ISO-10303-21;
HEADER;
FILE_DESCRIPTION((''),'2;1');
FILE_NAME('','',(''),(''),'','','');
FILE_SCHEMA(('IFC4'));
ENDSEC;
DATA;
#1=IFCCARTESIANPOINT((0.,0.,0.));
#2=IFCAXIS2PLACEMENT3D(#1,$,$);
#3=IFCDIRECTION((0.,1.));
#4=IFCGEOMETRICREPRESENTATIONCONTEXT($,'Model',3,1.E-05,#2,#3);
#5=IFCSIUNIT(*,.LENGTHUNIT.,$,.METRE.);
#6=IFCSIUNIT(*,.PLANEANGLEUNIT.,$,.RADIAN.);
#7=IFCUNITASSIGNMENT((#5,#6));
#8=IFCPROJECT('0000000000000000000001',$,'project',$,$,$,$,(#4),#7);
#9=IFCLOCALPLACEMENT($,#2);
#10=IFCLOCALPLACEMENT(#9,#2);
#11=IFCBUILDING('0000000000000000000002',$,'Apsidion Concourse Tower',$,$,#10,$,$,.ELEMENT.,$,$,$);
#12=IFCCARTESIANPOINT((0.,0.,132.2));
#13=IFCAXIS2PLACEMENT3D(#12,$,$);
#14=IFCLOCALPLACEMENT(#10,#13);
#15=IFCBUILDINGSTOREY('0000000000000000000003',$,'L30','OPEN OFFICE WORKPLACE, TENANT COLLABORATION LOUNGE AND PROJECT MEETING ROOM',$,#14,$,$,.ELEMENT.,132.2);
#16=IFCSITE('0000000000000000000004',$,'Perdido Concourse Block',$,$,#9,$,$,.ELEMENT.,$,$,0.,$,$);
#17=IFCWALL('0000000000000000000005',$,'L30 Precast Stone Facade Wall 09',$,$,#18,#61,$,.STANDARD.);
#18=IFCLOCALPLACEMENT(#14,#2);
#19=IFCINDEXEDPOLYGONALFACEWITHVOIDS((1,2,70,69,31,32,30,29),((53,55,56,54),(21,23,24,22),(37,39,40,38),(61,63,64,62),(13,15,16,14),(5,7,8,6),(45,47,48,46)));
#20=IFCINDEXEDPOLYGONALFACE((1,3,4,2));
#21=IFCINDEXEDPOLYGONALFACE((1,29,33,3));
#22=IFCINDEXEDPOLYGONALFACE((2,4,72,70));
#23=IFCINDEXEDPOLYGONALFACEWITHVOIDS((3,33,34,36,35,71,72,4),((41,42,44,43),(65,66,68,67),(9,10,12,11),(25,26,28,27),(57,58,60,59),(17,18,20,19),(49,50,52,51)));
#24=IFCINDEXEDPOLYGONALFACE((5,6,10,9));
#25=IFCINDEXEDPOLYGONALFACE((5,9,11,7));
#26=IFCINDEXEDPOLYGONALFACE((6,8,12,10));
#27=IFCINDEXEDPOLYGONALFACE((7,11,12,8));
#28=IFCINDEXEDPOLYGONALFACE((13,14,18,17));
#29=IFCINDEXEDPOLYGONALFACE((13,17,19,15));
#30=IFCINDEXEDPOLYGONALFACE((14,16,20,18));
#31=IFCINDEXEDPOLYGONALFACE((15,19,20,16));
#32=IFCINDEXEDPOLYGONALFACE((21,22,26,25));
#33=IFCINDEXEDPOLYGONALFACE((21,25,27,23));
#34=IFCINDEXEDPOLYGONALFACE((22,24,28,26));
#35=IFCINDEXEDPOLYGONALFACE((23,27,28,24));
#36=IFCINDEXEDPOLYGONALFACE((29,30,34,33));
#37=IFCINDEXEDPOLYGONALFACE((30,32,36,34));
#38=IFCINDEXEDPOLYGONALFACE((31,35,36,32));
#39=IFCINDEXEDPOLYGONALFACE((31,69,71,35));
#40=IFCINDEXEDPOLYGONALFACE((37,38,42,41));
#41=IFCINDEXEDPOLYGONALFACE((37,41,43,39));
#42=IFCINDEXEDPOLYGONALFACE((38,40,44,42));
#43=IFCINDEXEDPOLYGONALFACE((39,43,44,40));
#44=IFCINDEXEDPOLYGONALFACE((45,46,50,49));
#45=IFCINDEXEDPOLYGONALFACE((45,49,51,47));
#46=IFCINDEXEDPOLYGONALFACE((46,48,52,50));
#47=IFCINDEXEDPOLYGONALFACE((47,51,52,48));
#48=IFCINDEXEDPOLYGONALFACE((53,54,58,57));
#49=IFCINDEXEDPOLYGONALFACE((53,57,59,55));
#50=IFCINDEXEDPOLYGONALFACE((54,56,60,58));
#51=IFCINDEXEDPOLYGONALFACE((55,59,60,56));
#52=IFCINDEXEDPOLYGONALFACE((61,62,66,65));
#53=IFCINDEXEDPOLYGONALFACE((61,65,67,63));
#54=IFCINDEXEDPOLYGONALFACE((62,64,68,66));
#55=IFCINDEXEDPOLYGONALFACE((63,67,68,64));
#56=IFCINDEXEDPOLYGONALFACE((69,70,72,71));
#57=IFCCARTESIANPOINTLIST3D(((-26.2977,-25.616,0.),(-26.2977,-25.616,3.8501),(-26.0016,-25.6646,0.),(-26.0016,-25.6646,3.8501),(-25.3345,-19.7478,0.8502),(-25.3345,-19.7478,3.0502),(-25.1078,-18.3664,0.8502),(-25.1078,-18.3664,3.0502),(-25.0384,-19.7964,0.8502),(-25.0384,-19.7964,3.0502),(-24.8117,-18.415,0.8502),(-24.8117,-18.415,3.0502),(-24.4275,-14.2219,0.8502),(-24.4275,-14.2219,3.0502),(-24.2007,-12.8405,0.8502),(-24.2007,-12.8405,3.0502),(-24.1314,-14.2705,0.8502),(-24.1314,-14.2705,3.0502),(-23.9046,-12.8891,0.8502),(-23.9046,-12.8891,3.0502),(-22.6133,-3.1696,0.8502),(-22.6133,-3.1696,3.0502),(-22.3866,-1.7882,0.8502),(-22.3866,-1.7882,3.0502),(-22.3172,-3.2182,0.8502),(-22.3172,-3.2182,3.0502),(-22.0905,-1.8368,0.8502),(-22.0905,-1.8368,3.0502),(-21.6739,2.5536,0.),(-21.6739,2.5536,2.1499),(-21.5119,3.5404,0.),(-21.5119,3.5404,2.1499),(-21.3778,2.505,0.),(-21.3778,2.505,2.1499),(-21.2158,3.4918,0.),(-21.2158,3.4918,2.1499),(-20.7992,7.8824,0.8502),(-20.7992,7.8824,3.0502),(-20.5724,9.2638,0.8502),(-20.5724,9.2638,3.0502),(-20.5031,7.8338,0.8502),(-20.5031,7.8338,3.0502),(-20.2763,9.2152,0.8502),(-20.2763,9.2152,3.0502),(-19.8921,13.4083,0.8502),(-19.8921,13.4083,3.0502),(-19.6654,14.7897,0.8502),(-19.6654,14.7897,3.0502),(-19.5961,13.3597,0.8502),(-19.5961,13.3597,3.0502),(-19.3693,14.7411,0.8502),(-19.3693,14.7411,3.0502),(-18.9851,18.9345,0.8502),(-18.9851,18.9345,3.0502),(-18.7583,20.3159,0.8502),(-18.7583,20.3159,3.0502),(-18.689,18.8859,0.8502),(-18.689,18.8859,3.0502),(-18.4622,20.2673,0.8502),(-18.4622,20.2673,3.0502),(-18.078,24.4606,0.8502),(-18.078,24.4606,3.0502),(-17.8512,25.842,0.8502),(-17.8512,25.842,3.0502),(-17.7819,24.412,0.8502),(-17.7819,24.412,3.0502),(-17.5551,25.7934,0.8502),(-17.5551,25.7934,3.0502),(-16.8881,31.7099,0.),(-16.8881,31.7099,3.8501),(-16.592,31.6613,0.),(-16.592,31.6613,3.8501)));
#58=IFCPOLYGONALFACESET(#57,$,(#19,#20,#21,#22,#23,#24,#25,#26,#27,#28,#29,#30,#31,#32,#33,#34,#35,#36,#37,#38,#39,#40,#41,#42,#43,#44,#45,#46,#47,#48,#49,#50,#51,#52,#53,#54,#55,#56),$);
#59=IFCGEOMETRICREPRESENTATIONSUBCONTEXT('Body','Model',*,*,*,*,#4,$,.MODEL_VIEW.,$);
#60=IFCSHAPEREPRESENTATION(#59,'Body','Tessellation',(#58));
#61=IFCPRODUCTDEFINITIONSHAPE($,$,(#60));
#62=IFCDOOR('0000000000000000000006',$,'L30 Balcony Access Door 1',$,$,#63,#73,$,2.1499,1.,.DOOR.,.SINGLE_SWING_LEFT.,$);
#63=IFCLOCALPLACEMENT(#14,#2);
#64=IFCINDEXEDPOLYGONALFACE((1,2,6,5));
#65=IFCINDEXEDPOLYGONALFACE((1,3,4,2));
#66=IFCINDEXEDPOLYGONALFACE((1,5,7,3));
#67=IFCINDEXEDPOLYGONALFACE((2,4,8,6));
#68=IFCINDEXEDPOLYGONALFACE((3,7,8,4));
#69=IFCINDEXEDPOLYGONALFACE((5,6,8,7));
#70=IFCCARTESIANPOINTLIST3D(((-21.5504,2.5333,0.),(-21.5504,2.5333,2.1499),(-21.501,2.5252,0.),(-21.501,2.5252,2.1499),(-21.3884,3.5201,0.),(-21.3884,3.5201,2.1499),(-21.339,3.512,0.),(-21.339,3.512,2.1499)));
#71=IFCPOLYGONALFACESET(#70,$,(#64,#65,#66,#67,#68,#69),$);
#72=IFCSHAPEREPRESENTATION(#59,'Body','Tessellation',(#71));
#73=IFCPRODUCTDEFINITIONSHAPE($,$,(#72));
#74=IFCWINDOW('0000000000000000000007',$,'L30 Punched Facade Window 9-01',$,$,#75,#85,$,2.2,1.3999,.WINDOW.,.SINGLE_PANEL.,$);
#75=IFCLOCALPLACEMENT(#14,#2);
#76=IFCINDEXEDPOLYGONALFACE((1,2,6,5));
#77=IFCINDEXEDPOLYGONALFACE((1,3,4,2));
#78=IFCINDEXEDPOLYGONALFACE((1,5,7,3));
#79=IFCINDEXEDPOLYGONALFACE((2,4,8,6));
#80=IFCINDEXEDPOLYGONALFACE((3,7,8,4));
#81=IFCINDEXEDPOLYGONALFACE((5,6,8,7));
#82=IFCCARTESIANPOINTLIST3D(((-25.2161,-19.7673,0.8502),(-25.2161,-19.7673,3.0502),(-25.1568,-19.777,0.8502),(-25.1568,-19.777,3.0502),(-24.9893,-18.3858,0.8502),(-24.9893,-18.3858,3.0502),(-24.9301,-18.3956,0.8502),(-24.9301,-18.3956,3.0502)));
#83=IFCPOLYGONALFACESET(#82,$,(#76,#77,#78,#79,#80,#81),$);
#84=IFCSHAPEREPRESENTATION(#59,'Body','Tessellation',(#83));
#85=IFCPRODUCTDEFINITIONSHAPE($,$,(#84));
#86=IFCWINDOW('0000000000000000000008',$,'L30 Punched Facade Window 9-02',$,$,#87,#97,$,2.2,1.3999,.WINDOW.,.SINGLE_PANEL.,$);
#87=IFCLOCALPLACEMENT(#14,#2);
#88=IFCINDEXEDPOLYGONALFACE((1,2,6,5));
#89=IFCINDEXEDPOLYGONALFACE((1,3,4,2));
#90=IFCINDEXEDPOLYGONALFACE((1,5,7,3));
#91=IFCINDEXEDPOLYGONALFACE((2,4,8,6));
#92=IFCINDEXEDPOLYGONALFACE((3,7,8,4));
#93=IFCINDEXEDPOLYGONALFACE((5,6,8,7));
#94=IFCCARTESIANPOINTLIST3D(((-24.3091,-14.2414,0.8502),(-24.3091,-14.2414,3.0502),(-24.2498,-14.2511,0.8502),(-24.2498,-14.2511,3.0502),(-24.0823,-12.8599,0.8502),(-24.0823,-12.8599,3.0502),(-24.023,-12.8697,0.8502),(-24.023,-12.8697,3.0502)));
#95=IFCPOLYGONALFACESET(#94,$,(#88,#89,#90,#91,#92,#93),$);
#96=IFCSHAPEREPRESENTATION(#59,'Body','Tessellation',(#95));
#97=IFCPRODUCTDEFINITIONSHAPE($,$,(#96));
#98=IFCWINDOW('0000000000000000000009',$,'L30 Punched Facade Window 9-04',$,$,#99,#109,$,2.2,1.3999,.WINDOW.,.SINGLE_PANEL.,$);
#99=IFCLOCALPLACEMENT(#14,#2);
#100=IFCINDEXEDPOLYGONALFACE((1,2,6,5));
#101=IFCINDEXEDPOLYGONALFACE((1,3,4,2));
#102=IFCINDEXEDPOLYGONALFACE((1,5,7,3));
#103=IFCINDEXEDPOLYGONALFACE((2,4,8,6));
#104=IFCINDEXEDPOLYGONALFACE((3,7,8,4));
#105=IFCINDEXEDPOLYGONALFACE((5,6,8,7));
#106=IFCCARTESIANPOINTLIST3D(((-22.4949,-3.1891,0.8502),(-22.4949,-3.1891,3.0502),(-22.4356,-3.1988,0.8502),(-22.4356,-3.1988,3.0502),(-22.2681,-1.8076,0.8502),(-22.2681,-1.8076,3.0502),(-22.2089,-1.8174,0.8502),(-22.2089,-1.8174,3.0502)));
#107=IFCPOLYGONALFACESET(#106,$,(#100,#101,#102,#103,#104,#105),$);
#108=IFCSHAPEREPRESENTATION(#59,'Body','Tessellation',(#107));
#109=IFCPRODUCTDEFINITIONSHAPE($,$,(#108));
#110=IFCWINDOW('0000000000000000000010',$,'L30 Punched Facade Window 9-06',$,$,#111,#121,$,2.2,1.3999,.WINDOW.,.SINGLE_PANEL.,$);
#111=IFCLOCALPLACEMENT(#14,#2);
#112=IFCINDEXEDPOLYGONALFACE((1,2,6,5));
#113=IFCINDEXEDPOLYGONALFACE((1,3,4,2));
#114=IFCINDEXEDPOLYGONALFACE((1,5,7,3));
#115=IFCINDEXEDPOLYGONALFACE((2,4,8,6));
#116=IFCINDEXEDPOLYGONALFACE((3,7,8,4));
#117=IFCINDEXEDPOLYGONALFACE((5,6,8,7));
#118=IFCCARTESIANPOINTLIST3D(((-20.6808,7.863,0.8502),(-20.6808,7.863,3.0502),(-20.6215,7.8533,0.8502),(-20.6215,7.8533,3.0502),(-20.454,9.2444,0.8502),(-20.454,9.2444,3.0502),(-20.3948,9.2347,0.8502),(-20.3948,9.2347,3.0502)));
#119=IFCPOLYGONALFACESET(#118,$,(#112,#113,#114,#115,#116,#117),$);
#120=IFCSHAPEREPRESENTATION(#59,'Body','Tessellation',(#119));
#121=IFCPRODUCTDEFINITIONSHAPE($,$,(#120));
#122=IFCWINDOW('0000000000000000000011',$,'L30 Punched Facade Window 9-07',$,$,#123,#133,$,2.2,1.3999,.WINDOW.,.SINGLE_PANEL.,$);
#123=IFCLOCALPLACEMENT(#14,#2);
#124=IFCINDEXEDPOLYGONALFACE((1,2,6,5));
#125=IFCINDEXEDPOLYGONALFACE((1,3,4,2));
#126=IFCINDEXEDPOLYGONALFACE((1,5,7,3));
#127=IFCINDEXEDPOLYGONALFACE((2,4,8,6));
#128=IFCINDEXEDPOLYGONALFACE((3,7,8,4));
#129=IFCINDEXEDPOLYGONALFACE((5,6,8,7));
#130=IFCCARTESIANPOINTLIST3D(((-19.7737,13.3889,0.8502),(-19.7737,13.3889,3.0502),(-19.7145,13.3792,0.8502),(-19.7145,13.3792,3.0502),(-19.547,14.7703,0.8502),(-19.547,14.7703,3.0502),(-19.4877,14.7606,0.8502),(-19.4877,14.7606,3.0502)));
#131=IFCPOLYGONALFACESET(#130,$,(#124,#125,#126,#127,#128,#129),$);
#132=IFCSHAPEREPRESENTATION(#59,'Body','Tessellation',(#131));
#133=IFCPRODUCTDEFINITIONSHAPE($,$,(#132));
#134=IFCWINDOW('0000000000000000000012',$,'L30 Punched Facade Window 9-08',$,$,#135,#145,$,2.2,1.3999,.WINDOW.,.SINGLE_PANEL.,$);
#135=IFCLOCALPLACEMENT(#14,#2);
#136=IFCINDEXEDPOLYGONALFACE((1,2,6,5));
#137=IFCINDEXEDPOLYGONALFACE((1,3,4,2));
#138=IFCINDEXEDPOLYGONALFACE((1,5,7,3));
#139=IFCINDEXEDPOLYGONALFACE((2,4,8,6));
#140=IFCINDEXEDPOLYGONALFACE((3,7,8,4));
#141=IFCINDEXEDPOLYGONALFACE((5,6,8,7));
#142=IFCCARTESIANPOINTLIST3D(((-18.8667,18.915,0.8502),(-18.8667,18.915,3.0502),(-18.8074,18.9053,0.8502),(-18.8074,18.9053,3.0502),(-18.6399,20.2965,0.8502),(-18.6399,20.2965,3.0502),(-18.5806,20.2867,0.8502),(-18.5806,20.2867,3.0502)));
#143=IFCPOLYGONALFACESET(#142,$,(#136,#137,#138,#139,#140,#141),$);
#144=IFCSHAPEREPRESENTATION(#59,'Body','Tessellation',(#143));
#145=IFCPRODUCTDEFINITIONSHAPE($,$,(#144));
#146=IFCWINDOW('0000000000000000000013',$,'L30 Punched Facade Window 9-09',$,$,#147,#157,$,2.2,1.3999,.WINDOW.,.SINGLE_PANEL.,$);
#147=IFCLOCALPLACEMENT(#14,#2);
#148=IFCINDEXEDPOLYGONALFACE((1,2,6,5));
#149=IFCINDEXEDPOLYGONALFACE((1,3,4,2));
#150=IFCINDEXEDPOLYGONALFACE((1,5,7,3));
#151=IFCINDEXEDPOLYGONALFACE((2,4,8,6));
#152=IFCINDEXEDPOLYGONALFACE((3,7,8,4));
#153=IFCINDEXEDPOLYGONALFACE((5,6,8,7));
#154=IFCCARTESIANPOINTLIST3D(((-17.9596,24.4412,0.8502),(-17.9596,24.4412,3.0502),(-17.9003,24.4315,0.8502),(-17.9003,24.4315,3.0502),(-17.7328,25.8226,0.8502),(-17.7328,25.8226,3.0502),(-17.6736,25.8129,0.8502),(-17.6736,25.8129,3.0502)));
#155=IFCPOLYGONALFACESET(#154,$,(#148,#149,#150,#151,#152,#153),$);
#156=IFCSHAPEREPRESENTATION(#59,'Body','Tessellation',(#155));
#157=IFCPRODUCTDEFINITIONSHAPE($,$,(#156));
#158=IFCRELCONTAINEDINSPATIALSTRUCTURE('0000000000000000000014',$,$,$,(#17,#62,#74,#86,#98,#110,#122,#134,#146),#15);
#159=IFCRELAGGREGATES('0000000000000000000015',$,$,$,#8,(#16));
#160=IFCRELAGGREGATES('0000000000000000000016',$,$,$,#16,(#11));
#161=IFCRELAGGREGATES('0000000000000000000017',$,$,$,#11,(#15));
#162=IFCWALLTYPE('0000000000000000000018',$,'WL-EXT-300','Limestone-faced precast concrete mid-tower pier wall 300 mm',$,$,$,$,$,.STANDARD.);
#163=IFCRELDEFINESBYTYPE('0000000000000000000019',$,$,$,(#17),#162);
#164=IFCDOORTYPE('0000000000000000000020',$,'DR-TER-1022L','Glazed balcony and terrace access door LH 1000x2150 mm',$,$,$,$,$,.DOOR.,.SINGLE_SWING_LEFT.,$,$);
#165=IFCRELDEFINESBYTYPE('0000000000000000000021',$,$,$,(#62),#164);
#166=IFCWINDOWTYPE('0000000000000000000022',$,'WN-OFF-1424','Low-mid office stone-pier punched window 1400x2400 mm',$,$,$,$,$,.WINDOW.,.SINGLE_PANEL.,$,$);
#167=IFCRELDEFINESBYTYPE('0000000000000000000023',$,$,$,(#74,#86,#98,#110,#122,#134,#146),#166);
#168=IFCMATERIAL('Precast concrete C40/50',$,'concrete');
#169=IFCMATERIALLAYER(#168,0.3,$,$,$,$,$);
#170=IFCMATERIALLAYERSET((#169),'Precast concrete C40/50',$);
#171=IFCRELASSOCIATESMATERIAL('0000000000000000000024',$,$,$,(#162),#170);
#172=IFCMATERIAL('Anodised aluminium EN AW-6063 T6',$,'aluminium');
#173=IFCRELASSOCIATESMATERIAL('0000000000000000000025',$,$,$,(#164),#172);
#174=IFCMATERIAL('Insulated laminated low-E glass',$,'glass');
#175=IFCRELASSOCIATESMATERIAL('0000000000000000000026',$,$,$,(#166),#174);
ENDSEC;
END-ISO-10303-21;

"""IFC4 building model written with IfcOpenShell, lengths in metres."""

from ifc_helpers import new_model, si_unit, direction, frame, frame_2d, origin, place, context, subcontext, project, spatial, rectangle, extrude, material, layer, layer_set, type_object, element, fill, save


model = new_model("IFC4")

# Units and contexts
model_context = context("Model", 3, precision=1e-05, world=origin(), true_north=direction((0.0, 1.0)))
body_context = subcontext(model_context, "Body", "Model", "MODEL_VIEW")
ifc_project = project(units=[si_unit("LENGTHUNIT", "METRE"), si_unit("PLANEANGLEUNIT", "RADIAN")], contexts=[model_context])

# Site, building, storey
site_placement = place(None, origin())
site = spatial("IfcSite", under=ifc_project, at=site_placement, Name="Perdido Concourse Block", CompositionType="ELEMENT", RefElevation=0.0)
building_placement = place(site_placement, origin())
building = spatial("IfcBuilding", under=site, at=building_placement, Name="Apsidion Concourse Tower", CompositionType="ELEMENT")
storey_placement = place(building_placement, frame((0.0, 0.0, 132.2)))
storey = spatial("IfcBuildingStorey", under=building, at=storey_placement, Name="L30", Description="OPEN OFFICE WORKPLACE, TENANT COLLABORATION LOUNGE AND PROJECT MEETING ROOM", CompositionType="ELEMENT", Elevation=132.2)

# Shared definitions
ifc_material_1 = material(Name="Precast concrete C40/50", Category="concrete")
ifc_layer_1 = layer(ifc_material_1, 0.3)
ifc_layer_set_1 = layer_set([ifc_layer_1], Name="Precast concrete C40/50")
wall_type_1 = type_object("IfcWallType", Name="WL-EXT-300", Description="Limestone-faced precast concrete mid-tower pier wall 300 mm", PredefinedType="STANDARD", material=ifc_layer_set_1)

# Wall, openings, door, windows
wall_1_placement = place(storey_placement, frame((-26.1497, -25.6401, 0.0), z_axis=(0.0, 0.0, 1.0), x_axis=(0.161976, 0.986795, 0.0)))
wall_1 = element("IfcWall", 1, at=wall_1_placement, inside=storey, type_object=wall_type_1, Name="L30 Precast Stone Facade Wall 09", PredefinedType="STANDARD", context=body_context, shape_type="SweptSolid", body=[
    extrude(rectangle(XDim=58.093, YDim=0.3, at=frame_2d((29.0464, 0.0))), origin(), (0.0, 0.0, 1.0), 3.8501),
])
opening_1_placement = place(wall_1_placement, frame((28.5464, 0.0, 0.0)))
opening_1 = element("IfcOpeningElement", 2, at=opening_1_placement, cuts=wall_1, PredefinedType="OPENING", context=body_context, shape_type="SweptSolid", body=[
    extrude(rectangle(XDim=1.0, YDim=2.1499, at=frame_2d((0.5, 1.075))), frame((0.0, 0.1602, 0.0), z_axis=(0.0, -1.0, 0.0), x_axis=(1.0, 0.0, 0.0)), (0.0, 0.0, 1.0), 0.3201),
])
opening_2_placement = place(wall_1_placement, frame((5.9465, 0.0, 0.8501)))
opening_2 = element("IfcOpeningElement", 3, at=opening_2_placement, cuts=wall_1, PredefinedType="OPENING", context=body_context, shape_type="SweptSolid", body=[
    extrude(rectangle(XDim=1.3999, YDim=2.2, at=frame_2d((0.7, 1.1001))), frame((0.0, 0.1602, 0.0), z_axis=(0.0, -1.0, 0.0), x_axis=(1.0, 0.0, 0.0)), (0.0, 0.0, 1.0), 0.3201),
])
opening_3_placement = place(wall_1_placement, frame((11.5464, 0.0, 0.8501)))
opening_3 = element("IfcOpeningElement", 4, at=opening_3_placement, cuts=wall_1, PredefinedType="OPENING", context=body_context, shape_type="SweptSolid", body=[
    extrude(rectangle(XDim=1.3999, YDim=2.2, at=frame_2d((0.7, 1.1001))), frame((0.0, 0.1602, 0.0), z_axis=(0.0, -1.0, 0.0), x_axis=(1.0, 0.0, 0.0)), (0.0, 0.0, 1.0), 0.3201),
])
opening_4_placement = place(wall_1_placement, frame((22.7466, 0.0, 0.8501)))
opening_4 = element("IfcOpeningElement", 5, at=opening_4_placement, cuts=wall_1, PredefinedType="OPENING", context=body_context, shape_type="SweptSolid", body=[
    extrude(rectangle(XDim=1.3999, YDim=2.2, at=frame_2d((0.7, 1.1001))), frame((0.0, 0.1602, 0.0), z_axis=(0.0, -1.0, 0.0), x_axis=(1.0, 0.0, 0.0)), (0.0, 0.0, 1.0), 0.3201),
])
opening_5_placement = place(wall_1_placement, frame((33.9465, 0.0, 0.8501)))
opening_5 = element("IfcOpeningElement", 6, at=opening_5_placement, cuts=wall_1, PredefinedType="OPENING", context=body_context, shape_type="SweptSolid", body=[
    extrude(rectangle(XDim=1.3999, YDim=2.2, at=frame_2d((0.7, 1.1001))), frame((0.0, 0.1602, 0.0), z_axis=(0.0, -1.0, 0.0), x_axis=(1.0, 0.0, 0.0)), (0.0, 0.0, 1.0), 0.3201),
])
opening_6_placement = place(wall_1_placement, frame((39.5464, 0.0, 0.8501)))
opening_6 = element("IfcOpeningElement", 7, at=opening_6_placement, cuts=wall_1, PredefinedType="OPENING", context=body_context, shape_type="SweptSolid", body=[
    extrude(rectangle(XDim=1.3999, YDim=2.2, at=frame_2d((0.7, 1.1001))), frame((0.0, 0.1602, 0.0), z_axis=(0.0, -1.0, 0.0), x_axis=(1.0, 0.0, 0.0)), (0.0, 0.0, 1.0), 0.3201),
])
opening_7_placement = place(wall_1_placement, frame((45.1465, 0.0, 0.8501)))
opening_7 = element("IfcOpeningElement", 8, at=opening_7_placement, cuts=wall_1, PredefinedType="OPENING", context=body_context, shape_type="SweptSolid", body=[
    extrude(rectangle(XDim=1.3999, YDim=2.2, at=frame_2d((0.7, 1.1001))), frame((0.0, 0.1602, 0.0), z_axis=(0.0, -1.0, 0.0), x_axis=(1.0, 0.0, 0.0)), (0.0, 0.0, 1.0), 0.3201),
])
opening_8_placement = place(wall_1_placement, frame((50.7466, 0.0, 0.8501)))
opening_8 = element("IfcOpeningElement", 9, at=opening_8_placement, cuts=wall_1, PredefinedType="OPENING", context=body_context, shape_type="SweptSolid", body=[
    extrude(rectangle(XDim=1.3999, YDim=2.2, at=frame_2d((0.7, 1.1001))), frame((0.0, 0.1602, 0.0), z_axis=(0.0, -1.0, 0.0), x_axis=(1.0, 0.0, 0.0)), (0.0, 0.0, 1.0), 0.3201),
])
ifc_material_2 = material(Name="Anodised aluminium EN AW-6063 T6", Category="aluminium")
door_type = type_object("IfcDoorType", Name="DR-TER-1022L", Description="Glazed balcony and terrace access door LH 1000x2150 mm", OperationType="SINGLE_SWING_LEFT", PredefinedType="DOOR", material=ifc_material_2)
door_placement = place(opening_1_placement, origin())
door = element("IfcDoor", 10, at=door_placement, inside=storey, type_object=door_type, Name="L30 Balcony Access Door 1", OperationType="SINGLE_SWING_LEFT", OverallHeight=2.1499, OverallWidth=1.0, PredefinedType="DOOR", context=body_context, shape_type="SweptSolid", body=[
    extrude(rectangle(XDim=1.0, YDim=2.1499, at=frame_2d((0.5, 1.075))), frame((0.0, 0.0249, 0.0), z_axis=(0.0, -1.0, 0.0), x_axis=(1.0, 0.0, 0.0)), (0.0, 0.0, 1.0), 0.05),
])
fill(opening_1, door)
ifc_material_3 = material(Name="Insulated laminated low-E glass", Category="glass")
window_type = type_object("IfcWindowType", Name="WN-OFF-1424", Description="Low-mid office stone-pier punched window 1400x2400 mm", PartitioningType="SINGLE_PANEL", PredefinedType="WINDOW", material=ifc_material_3)
window_1_placement = place(opening_2_placement, origin())
window_1 = element("IfcWindow", 11, at=window_1_placement, inside=storey, type_object=window_type, Name="L30 Punched Facade Window 9-01", OverallHeight=2.2, OverallWidth=1.3999, PartitioningType="SINGLE_PANEL", PredefinedType="WINDOW", context=body_context, shape_type="SweptSolid", body=[
    extrude(rectangle(XDim=1.3999, YDim=2.2, at=frame_2d((0.7, 1.1001))), frame((0.0, 0.03, 0.0), z_axis=(0.0, -1.0, 0.0), x_axis=(1.0, 0.0, 0.0)), (0.0, 0.0, 1.0), 0.0601),
])
fill(opening_2, window_1)
window_2_placement = place(opening_3_placement, origin())
window_2 = element("IfcWindow", 12, at=window_2_placement, inside=storey, type_object=window_type, Name="L30 Punched Facade Window 9-02", OverallHeight=2.2, OverallWidth=1.3999, PartitioningType="SINGLE_PANEL", PredefinedType="WINDOW", context=body_context, shape_type="SweptSolid", body=[
    extrude(rectangle(XDim=1.3999, YDim=2.2, at=frame_2d((0.7, 1.1001))), frame((0.0, 0.03, 0.0), z_axis=(0.0, -1.0, 0.0), x_axis=(1.0, 0.0, 0.0)), (0.0, 0.0, 1.0), 0.0601),
])
fill(opening_3, window_2)
window_3_placement = place(opening_4_placement, origin())
window_3 = element("IfcWindow", 13, at=window_3_placement, inside=storey, type_object=window_type, Name="L30 Punched Facade Window 9-04", OverallHeight=2.2, OverallWidth=1.3999, PartitioningType="SINGLE_PANEL", PredefinedType="WINDOW", context=body_context, shape_type="SweptSolid", body=[
    extrude(rectangle(XDim=1.3999, YDim=2.2, at=frame_2d((0.7, 1.1001))), frame((0.0, 0.03, 0.0), z_axis=(0.0, -1.0, 0.0), x_axis=(1.0, 0.0, 0.0)), (0.0, 0.0, 1.0), 0.0601),
])
fill(opening_4, window_3)
window_4_placement = place(opening_5_placement, origin())
window_4 = element("IfcWindow", 14, at=window_4_placement, inside=storey, type_object=window_type, Name="L30 Punched Facade Window 9-06", OverallHeight=2.2, OverallWidth=1.3999, PartitioningType="SINGLE_PANEL", PredefinedType="WINDOW", context=body_context, shape_type="SweptSolid", body=[
    extrude(rectangle(XDim=1.3999, YDim=2.2, at=frame_2d((0.7, 1.1001))), frame((0.0, 0.03, 0.0), z_axis=(0.0, -1.0, 0.0), x_axis=(1.0, 0.0, 0.0)), (0.0, 0.0, 1.0), 0.0601),
])
fill(opening_5, window_4)
window_5_placement = place(opening_6_placement, origin())
window_5 = element("IfcWindow", 15, at=window_5_placement, inside=storey, type_object=window_type, Name="L30 Punched Facade Window 9-07", OverallHeight=2.2, OverallWidth=1.3999, PartitioningType="SINGLE_PANEL", PredefinedType="WINDOW", context=body_context, shape_type="SweptSolid", body=[
    extrude(rectangle(XDim=1.3999, YDim=2.2, at=frame_2d((0.7, 1.1001))), frame((0.0, 0.03, 0.0), z_axis=(0.0, -1.0, 0.0), x_axis=(1.0, 0.0, 0.0)), (0.0, 0.0, 1.0), 0.0601),
])
fill(opening_6, window_5)
window_6_placement = place(opening_7_placement, origin())
window_6 = element("IfcWindow", 16, at=window_6_placement, inside=storey, type_object=window_type, Name="L30 Punched Facade Window 9-08", OverallHeight=2.2, OverallWidth=1.3999, PartitioningType="SINGLE_PANEL", PredefinedType="WINDOW", context=body_context, shape_type="SweptSolid", body=[
    extrude(rectangle(XDim=1.3999, YDim=2.2, at=frame_2d((0.7, 1.1001))), frame((0.0, 0.03, 0.0), z_axis=(0.0, -1.0, 0.0), x_axis=(1.0, 0.0, 0.0)), (0.0, 0.0, 1.0), 0.0601),
])
fill(opening_7, window_6)
window_7_placement = place(opening_8_placement, origin())
window_7 = element("IfcWindow", 17, at=window_7_placement, inside=storey, type_object=window_type, Name="L30 Punched Facade Window 9-09", OverallHeight=2.2, OverallWidth=1.3999, PartitioningType="SINGLE_PANEL", PredefinedType="WINDOW", context=body_context, shape_type="SweptSolid", body=[
    extrude(rectangle(XDim=1.3999, YDim=2.2, at=frame_2d((0.7, 1.1001))), frame((0.0, 0.03, 0.0), z_axis=(0.0, -1.0, 0.0), x_axis=(1.0, 0.0, 0.0)), (0.0, 0.0, 1.0), 0.0601),
])
fill(opening_8, window_7)

save(model, "model.ifc")
